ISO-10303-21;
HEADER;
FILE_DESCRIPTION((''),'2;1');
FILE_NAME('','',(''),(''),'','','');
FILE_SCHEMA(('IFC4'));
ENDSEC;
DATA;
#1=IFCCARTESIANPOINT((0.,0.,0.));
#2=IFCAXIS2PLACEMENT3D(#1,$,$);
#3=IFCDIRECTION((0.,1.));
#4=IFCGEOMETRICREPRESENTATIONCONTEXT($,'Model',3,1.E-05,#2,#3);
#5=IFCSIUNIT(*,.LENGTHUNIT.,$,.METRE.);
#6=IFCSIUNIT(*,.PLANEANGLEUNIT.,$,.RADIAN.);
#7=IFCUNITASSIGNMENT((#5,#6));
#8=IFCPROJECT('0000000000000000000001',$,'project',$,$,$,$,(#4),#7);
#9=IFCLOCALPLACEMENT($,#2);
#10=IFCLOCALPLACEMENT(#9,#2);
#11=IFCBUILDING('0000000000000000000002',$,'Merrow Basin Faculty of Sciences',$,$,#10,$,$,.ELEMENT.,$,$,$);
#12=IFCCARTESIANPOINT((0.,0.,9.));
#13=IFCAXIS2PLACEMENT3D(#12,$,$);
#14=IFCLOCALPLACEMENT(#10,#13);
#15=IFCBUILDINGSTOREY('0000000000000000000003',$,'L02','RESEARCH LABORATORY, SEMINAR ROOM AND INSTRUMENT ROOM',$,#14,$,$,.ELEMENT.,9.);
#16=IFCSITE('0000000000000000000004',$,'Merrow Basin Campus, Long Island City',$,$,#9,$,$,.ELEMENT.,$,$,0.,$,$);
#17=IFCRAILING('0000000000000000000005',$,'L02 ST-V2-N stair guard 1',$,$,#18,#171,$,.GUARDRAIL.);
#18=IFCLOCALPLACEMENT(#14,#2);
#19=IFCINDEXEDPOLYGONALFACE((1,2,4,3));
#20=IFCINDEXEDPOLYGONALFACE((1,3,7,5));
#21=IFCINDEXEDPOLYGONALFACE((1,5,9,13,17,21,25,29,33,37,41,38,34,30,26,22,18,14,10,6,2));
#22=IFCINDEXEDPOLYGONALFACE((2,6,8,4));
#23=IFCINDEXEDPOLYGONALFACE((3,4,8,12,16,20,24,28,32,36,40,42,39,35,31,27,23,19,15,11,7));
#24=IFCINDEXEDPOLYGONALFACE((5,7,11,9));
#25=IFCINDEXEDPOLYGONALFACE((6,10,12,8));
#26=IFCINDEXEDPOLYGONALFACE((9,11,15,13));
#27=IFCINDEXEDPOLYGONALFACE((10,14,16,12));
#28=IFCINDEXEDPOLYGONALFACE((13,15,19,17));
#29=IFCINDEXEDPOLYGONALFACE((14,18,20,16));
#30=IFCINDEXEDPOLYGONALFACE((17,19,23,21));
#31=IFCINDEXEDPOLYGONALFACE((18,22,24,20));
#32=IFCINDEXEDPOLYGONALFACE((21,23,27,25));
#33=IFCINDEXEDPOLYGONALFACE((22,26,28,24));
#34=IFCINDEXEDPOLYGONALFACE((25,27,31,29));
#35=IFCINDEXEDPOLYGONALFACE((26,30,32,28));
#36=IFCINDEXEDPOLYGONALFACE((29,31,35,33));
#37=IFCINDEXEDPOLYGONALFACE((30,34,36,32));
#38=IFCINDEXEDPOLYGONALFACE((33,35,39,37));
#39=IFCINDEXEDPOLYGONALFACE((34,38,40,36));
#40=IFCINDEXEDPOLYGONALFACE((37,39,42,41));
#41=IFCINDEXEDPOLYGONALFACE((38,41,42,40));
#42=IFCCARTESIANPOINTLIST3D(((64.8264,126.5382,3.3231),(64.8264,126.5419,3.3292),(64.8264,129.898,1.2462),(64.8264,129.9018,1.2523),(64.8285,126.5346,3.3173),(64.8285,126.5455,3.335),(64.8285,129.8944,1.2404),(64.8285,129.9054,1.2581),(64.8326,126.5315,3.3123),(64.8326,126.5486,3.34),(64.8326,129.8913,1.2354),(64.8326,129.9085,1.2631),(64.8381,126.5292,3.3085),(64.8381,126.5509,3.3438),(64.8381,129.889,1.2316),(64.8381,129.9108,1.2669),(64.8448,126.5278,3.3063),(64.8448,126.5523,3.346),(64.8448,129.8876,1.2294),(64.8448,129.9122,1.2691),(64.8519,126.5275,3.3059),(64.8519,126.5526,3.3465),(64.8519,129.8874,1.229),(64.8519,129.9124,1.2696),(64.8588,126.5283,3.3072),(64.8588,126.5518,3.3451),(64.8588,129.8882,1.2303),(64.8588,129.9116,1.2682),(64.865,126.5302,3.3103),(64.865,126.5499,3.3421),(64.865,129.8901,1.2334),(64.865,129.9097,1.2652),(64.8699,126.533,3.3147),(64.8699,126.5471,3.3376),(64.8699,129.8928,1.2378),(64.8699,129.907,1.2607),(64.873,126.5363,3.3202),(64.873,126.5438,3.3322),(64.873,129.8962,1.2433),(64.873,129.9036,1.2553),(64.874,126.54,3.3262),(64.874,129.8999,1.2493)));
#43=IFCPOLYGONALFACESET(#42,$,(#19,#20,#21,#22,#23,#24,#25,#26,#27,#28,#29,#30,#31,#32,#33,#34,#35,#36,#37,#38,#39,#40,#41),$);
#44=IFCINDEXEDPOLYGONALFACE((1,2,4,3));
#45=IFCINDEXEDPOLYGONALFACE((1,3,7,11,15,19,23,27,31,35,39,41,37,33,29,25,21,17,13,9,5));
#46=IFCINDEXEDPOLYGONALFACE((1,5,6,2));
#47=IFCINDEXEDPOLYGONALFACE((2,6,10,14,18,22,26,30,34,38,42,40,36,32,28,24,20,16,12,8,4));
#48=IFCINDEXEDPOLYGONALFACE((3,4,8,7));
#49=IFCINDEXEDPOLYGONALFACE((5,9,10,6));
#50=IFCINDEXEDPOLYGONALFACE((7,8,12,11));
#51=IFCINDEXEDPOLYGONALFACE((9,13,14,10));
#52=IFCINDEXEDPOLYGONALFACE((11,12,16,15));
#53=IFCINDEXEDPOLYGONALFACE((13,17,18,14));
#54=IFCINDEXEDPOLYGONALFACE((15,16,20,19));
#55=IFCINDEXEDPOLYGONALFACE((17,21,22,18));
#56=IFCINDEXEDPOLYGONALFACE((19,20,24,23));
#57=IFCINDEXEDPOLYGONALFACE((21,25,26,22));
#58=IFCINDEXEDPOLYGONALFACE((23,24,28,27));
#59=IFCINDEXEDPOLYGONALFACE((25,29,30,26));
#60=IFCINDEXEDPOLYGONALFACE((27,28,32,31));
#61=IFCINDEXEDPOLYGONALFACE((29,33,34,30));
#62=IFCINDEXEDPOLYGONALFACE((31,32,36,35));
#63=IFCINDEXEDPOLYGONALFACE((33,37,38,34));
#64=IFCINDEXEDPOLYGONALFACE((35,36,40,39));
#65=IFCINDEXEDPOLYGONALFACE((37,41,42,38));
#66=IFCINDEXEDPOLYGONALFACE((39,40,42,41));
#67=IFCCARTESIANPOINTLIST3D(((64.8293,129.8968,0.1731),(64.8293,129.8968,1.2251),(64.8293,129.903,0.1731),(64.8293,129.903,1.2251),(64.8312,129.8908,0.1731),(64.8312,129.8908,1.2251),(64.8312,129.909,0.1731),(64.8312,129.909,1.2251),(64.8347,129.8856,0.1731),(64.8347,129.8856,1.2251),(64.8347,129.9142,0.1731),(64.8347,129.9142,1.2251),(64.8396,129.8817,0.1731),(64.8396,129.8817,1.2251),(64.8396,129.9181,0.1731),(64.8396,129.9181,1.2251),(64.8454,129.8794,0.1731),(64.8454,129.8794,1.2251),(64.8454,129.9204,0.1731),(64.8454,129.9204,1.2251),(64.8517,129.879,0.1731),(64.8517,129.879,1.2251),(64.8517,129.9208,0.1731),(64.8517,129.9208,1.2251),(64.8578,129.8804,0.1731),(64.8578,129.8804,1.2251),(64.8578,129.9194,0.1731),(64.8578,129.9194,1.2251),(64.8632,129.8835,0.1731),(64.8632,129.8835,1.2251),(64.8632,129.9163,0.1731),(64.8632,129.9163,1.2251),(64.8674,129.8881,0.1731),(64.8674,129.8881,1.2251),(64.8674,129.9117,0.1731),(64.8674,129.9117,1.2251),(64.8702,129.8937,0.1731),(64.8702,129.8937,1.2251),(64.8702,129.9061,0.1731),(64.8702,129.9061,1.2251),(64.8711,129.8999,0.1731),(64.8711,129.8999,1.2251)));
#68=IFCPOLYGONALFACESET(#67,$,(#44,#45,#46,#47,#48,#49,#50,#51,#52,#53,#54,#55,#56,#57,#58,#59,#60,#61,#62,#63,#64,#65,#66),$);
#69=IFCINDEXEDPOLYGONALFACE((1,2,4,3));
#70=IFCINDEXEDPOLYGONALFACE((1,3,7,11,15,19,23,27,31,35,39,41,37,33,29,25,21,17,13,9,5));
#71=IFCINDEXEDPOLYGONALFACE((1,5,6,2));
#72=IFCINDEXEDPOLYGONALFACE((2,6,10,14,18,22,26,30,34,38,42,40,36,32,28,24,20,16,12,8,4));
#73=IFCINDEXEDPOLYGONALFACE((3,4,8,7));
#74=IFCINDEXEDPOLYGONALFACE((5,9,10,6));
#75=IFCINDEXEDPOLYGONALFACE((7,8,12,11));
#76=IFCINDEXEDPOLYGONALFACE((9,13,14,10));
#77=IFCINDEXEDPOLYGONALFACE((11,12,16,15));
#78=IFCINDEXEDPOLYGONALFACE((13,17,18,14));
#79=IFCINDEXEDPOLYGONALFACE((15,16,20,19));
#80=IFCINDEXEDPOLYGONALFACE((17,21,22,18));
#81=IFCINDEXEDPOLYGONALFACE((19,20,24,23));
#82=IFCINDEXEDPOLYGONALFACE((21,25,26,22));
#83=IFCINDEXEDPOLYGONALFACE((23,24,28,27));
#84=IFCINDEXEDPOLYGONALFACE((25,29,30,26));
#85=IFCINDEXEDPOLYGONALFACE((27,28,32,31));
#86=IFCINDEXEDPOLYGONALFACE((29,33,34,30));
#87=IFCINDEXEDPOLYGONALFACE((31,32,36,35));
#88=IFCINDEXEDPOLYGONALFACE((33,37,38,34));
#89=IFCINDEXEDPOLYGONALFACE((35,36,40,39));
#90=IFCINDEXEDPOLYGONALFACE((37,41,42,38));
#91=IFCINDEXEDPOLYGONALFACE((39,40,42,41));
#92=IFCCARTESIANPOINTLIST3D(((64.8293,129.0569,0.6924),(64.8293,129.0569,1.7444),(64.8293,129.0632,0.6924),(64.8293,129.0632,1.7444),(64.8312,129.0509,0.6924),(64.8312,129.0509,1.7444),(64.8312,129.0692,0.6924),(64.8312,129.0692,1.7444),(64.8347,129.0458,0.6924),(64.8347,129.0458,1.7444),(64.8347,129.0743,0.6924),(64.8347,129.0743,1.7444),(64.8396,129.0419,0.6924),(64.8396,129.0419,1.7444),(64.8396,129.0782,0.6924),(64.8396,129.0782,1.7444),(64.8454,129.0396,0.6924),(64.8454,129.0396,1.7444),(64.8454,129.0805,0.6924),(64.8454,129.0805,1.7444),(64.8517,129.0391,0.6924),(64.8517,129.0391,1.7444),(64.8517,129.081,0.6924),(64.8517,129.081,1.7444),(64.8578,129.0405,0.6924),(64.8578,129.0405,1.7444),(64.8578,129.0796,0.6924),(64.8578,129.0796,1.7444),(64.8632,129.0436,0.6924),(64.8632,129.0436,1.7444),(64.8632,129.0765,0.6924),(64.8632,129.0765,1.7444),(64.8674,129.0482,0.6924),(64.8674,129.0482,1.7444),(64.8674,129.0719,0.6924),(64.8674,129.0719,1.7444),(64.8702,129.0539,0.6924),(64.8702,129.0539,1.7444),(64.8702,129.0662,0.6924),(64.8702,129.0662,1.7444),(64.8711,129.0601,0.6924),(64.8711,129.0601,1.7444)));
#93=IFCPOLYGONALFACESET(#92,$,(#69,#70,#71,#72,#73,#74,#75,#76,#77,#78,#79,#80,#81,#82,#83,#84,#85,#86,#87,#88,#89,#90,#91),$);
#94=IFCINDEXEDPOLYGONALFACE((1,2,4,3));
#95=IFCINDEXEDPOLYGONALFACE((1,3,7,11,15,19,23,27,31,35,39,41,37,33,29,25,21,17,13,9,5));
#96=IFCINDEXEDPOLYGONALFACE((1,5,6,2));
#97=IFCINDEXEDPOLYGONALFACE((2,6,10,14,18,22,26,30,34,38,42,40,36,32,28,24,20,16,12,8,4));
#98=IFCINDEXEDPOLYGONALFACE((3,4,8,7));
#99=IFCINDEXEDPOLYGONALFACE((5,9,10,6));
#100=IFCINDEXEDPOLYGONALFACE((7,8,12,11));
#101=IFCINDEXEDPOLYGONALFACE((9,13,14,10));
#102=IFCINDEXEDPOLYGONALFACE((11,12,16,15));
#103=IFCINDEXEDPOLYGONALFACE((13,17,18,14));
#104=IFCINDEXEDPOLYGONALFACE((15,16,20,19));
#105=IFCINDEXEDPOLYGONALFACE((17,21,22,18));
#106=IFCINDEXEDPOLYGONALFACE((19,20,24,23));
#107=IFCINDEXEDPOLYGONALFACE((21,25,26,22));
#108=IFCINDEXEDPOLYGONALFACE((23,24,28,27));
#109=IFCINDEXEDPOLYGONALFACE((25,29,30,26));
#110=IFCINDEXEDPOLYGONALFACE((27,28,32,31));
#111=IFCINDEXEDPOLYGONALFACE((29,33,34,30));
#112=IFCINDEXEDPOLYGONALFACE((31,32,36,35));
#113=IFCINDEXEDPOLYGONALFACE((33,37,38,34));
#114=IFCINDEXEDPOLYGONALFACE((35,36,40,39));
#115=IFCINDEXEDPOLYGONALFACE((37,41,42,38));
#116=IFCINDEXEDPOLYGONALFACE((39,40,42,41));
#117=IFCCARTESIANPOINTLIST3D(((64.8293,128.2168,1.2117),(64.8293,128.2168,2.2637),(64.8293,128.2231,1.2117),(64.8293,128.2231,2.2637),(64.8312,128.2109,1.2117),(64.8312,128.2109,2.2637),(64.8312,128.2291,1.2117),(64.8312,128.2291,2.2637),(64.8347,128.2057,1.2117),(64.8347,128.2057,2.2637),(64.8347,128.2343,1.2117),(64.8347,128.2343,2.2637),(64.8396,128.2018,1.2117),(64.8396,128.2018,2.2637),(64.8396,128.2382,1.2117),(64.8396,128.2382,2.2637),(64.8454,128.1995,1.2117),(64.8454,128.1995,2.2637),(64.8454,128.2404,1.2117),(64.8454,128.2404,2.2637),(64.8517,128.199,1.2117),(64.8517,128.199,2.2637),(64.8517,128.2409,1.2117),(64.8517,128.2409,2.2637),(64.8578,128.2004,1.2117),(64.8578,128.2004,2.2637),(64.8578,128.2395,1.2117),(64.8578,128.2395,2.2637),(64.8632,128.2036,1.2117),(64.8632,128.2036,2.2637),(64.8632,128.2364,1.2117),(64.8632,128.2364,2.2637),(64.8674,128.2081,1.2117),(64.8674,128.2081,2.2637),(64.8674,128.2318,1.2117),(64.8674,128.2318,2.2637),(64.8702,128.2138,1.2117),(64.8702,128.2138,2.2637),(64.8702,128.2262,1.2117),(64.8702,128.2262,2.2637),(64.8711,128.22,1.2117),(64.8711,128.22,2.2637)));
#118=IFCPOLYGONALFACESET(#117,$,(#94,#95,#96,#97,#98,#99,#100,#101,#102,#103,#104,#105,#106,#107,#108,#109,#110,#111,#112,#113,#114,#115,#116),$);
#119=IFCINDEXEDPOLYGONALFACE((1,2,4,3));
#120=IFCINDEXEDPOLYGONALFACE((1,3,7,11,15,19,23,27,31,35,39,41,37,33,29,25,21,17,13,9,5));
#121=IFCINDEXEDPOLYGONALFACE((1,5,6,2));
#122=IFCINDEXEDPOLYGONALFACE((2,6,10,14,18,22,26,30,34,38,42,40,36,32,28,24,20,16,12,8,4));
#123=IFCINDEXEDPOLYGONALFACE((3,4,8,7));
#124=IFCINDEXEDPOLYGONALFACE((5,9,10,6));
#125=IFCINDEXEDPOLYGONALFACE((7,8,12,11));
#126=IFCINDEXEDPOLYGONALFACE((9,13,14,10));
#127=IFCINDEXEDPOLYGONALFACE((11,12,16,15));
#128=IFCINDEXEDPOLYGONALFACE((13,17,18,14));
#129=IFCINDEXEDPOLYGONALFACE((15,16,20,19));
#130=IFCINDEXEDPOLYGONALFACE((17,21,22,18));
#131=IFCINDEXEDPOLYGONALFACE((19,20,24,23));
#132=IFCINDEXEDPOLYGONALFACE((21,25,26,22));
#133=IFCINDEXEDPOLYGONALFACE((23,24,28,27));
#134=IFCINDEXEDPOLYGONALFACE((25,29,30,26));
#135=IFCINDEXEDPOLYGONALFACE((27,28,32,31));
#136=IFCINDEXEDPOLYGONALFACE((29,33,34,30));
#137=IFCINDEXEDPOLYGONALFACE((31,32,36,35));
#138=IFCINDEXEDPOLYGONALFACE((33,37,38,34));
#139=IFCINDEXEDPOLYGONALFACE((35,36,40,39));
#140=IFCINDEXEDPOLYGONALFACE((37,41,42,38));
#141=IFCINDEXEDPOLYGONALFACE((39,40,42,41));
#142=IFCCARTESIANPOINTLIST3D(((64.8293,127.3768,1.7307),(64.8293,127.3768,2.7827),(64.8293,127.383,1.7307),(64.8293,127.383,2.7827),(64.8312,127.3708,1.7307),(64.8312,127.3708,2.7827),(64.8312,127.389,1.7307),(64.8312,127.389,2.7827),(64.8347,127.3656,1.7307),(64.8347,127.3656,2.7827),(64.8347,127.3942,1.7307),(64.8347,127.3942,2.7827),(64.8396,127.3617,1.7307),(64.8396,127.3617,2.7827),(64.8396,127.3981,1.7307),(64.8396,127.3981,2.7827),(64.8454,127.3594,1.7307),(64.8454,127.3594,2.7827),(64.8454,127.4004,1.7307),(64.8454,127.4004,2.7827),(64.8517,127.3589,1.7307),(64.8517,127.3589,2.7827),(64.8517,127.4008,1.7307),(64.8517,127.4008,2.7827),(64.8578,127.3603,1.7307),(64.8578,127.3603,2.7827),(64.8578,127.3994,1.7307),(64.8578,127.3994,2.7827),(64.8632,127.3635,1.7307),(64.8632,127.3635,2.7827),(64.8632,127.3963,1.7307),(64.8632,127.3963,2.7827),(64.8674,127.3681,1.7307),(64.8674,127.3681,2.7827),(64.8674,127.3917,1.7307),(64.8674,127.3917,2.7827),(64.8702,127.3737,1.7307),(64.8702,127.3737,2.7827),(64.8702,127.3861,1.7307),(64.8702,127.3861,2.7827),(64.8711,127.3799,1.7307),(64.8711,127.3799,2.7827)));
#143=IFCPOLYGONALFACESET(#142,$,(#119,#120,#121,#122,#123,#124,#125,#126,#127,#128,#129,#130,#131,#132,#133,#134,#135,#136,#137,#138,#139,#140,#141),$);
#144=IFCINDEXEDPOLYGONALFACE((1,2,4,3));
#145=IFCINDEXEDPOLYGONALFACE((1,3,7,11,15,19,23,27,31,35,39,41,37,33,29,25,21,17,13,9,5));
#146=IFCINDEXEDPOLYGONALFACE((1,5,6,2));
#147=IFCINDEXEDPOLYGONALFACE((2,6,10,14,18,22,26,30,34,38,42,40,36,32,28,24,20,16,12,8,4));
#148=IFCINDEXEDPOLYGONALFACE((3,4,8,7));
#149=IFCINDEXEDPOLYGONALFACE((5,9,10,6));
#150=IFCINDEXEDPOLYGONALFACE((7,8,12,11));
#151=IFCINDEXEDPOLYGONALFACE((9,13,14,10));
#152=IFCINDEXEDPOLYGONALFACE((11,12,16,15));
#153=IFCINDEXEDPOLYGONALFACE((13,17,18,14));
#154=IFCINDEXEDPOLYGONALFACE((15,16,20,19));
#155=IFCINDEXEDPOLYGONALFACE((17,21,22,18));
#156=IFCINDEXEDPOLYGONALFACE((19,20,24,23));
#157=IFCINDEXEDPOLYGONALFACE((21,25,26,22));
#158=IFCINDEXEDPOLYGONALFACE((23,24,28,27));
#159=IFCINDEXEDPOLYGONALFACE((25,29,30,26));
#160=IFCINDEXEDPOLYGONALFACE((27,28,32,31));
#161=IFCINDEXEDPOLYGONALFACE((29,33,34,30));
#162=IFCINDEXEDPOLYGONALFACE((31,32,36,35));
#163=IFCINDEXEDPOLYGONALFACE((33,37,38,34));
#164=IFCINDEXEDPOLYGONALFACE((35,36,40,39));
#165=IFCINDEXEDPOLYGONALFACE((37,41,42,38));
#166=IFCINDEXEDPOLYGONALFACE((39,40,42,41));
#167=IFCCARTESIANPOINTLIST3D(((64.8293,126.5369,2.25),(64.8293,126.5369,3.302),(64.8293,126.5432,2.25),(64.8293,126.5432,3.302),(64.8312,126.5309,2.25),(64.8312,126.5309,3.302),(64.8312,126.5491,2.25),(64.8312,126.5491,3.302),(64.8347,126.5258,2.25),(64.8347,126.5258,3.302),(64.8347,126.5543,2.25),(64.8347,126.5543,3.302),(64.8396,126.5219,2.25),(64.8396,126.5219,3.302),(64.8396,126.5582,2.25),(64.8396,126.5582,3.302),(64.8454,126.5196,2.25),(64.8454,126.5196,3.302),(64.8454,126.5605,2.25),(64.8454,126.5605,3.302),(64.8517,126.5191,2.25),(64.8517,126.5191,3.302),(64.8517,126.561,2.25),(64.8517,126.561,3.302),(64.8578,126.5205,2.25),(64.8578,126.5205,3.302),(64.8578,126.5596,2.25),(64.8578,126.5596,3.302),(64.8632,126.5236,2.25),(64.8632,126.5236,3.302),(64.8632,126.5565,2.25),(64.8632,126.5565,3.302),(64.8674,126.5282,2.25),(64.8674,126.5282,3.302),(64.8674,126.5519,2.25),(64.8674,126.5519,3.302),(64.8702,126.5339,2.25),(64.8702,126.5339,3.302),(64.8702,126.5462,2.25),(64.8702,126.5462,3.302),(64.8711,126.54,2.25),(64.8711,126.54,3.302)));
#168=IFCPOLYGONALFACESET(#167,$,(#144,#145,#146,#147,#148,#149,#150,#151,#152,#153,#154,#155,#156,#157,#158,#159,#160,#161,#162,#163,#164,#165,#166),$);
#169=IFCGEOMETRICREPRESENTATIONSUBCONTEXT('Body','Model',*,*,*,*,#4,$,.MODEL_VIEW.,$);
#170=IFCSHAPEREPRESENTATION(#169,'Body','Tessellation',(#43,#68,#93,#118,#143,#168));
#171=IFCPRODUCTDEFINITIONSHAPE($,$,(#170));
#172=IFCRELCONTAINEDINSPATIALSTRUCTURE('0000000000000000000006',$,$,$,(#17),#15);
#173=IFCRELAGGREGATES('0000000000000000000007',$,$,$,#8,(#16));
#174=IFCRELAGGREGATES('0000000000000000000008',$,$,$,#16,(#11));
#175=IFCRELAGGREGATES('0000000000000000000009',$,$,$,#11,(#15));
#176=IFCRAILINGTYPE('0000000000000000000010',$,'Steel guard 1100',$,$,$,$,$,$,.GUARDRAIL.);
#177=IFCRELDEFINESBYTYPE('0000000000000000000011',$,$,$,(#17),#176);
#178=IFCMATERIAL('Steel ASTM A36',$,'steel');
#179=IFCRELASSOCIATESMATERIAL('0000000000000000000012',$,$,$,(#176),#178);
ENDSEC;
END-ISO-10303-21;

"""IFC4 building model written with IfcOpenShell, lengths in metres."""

from ifc_helpers import new_model, si_unit, direction, frame, origin, origin_2d, place, context, subcontext, project, spatial, circle, extrude, material, type_object, element, save


model = new_model("IFC4")

# Units and contexts
model_context = context("Model", 3, precision=1e-05, world=origin(), true_north=direction((0.0, 1.0)))
body_context = subcontext(model_context, "Body", "Model", "MODEL_VIEW")
ifc_project = project(units=[si_unit("LENGTHUNIT", "METRE"), si_unit("PLANEANGLEUNIT", "RADIAN")], contexts=[model_context])

# Site, building, storey
site_placement = place(None, origin())
site = spatial("IfcSite", under=ifc_project, at=site_placement, Name="Merrow Basin Campus, Long Island City", CompositionType="ELEMENT", RefElevation=0.0)
building_placement = place(site_placement, origin())
building = spatial("IfcBuilding", under=site, at=building_placement, Name="Merrow Basin Faculty of Sciences", CompositionType="ELEMENT")
storey_placement = place(building_placement, frame((0.0, 0.0, 9.0)))
storey = spatial("IfcBuildingStorey", under=building, at=storey_placement, Name="L02", Description="RESEARCH LABORATORY, SEMINAR ROOM AND INSTRUMENT ROOM", CompositionType="ELEMENT", Elevation=9.0)

# Railing
ifc_material_1 = material(Name="Steel ASTM A36", Category="steel")
railing_type_1 = type_object("IfcRailingType", Name="Steel guard 1100", PredefinedType="GUARDRAIL", material=ifc_material_1)
railing_1_placement = place(storey_placement, frame((64.8501, 129.8999, 0.1731)))
element("IfcRailing", 1, at=railing_1_placement, inside=storey, type_object=railing_type_1, Name="L02 ST-V2-N stair guard 1", PredefinedType="GUARDRAIL", context=body_context, shape_type="SweptSolid", body=[
    extrude(circle(Radius=0.0239, at=origin_2d()), frame((0.0, 0.0, 1.0762), z_axis=(0.0, -0.850606, 0.525803), x_axis=(1.0, 0.0, 0.0)), (0.0, 0.0, 1.0), 3.95),
    extrude(circle(Radius=0.021, at=origin_2d()), origin(), (0.0, 0.0, 1.0), 1.052),
    extrude(circle(Radius=0.021, at=origin_2d()), frame((0.0, -0.8398, 0.5193)), (0.0, 0.0, 1.0), 1.052),
    extrude(circle(Radius=0.021, at=origin_2d()), frame((0.0, -1.6799, 1.0386)), (0.0, 0.0, 1.0), 1.052),
    extrude(circle(Radius=0.021, at=origin_2d()), frame((0.0, -2.52, 1.5576)), (0.0, 0.0, 1.0), 1.052),
    extrude(circle(Radius=0.021, at=origin_2d()), frame((0.0, -3.3599, 2.0769)), (0.0, 0.0, 1.0), 1.052),
])

save(model, "model.ifc")
